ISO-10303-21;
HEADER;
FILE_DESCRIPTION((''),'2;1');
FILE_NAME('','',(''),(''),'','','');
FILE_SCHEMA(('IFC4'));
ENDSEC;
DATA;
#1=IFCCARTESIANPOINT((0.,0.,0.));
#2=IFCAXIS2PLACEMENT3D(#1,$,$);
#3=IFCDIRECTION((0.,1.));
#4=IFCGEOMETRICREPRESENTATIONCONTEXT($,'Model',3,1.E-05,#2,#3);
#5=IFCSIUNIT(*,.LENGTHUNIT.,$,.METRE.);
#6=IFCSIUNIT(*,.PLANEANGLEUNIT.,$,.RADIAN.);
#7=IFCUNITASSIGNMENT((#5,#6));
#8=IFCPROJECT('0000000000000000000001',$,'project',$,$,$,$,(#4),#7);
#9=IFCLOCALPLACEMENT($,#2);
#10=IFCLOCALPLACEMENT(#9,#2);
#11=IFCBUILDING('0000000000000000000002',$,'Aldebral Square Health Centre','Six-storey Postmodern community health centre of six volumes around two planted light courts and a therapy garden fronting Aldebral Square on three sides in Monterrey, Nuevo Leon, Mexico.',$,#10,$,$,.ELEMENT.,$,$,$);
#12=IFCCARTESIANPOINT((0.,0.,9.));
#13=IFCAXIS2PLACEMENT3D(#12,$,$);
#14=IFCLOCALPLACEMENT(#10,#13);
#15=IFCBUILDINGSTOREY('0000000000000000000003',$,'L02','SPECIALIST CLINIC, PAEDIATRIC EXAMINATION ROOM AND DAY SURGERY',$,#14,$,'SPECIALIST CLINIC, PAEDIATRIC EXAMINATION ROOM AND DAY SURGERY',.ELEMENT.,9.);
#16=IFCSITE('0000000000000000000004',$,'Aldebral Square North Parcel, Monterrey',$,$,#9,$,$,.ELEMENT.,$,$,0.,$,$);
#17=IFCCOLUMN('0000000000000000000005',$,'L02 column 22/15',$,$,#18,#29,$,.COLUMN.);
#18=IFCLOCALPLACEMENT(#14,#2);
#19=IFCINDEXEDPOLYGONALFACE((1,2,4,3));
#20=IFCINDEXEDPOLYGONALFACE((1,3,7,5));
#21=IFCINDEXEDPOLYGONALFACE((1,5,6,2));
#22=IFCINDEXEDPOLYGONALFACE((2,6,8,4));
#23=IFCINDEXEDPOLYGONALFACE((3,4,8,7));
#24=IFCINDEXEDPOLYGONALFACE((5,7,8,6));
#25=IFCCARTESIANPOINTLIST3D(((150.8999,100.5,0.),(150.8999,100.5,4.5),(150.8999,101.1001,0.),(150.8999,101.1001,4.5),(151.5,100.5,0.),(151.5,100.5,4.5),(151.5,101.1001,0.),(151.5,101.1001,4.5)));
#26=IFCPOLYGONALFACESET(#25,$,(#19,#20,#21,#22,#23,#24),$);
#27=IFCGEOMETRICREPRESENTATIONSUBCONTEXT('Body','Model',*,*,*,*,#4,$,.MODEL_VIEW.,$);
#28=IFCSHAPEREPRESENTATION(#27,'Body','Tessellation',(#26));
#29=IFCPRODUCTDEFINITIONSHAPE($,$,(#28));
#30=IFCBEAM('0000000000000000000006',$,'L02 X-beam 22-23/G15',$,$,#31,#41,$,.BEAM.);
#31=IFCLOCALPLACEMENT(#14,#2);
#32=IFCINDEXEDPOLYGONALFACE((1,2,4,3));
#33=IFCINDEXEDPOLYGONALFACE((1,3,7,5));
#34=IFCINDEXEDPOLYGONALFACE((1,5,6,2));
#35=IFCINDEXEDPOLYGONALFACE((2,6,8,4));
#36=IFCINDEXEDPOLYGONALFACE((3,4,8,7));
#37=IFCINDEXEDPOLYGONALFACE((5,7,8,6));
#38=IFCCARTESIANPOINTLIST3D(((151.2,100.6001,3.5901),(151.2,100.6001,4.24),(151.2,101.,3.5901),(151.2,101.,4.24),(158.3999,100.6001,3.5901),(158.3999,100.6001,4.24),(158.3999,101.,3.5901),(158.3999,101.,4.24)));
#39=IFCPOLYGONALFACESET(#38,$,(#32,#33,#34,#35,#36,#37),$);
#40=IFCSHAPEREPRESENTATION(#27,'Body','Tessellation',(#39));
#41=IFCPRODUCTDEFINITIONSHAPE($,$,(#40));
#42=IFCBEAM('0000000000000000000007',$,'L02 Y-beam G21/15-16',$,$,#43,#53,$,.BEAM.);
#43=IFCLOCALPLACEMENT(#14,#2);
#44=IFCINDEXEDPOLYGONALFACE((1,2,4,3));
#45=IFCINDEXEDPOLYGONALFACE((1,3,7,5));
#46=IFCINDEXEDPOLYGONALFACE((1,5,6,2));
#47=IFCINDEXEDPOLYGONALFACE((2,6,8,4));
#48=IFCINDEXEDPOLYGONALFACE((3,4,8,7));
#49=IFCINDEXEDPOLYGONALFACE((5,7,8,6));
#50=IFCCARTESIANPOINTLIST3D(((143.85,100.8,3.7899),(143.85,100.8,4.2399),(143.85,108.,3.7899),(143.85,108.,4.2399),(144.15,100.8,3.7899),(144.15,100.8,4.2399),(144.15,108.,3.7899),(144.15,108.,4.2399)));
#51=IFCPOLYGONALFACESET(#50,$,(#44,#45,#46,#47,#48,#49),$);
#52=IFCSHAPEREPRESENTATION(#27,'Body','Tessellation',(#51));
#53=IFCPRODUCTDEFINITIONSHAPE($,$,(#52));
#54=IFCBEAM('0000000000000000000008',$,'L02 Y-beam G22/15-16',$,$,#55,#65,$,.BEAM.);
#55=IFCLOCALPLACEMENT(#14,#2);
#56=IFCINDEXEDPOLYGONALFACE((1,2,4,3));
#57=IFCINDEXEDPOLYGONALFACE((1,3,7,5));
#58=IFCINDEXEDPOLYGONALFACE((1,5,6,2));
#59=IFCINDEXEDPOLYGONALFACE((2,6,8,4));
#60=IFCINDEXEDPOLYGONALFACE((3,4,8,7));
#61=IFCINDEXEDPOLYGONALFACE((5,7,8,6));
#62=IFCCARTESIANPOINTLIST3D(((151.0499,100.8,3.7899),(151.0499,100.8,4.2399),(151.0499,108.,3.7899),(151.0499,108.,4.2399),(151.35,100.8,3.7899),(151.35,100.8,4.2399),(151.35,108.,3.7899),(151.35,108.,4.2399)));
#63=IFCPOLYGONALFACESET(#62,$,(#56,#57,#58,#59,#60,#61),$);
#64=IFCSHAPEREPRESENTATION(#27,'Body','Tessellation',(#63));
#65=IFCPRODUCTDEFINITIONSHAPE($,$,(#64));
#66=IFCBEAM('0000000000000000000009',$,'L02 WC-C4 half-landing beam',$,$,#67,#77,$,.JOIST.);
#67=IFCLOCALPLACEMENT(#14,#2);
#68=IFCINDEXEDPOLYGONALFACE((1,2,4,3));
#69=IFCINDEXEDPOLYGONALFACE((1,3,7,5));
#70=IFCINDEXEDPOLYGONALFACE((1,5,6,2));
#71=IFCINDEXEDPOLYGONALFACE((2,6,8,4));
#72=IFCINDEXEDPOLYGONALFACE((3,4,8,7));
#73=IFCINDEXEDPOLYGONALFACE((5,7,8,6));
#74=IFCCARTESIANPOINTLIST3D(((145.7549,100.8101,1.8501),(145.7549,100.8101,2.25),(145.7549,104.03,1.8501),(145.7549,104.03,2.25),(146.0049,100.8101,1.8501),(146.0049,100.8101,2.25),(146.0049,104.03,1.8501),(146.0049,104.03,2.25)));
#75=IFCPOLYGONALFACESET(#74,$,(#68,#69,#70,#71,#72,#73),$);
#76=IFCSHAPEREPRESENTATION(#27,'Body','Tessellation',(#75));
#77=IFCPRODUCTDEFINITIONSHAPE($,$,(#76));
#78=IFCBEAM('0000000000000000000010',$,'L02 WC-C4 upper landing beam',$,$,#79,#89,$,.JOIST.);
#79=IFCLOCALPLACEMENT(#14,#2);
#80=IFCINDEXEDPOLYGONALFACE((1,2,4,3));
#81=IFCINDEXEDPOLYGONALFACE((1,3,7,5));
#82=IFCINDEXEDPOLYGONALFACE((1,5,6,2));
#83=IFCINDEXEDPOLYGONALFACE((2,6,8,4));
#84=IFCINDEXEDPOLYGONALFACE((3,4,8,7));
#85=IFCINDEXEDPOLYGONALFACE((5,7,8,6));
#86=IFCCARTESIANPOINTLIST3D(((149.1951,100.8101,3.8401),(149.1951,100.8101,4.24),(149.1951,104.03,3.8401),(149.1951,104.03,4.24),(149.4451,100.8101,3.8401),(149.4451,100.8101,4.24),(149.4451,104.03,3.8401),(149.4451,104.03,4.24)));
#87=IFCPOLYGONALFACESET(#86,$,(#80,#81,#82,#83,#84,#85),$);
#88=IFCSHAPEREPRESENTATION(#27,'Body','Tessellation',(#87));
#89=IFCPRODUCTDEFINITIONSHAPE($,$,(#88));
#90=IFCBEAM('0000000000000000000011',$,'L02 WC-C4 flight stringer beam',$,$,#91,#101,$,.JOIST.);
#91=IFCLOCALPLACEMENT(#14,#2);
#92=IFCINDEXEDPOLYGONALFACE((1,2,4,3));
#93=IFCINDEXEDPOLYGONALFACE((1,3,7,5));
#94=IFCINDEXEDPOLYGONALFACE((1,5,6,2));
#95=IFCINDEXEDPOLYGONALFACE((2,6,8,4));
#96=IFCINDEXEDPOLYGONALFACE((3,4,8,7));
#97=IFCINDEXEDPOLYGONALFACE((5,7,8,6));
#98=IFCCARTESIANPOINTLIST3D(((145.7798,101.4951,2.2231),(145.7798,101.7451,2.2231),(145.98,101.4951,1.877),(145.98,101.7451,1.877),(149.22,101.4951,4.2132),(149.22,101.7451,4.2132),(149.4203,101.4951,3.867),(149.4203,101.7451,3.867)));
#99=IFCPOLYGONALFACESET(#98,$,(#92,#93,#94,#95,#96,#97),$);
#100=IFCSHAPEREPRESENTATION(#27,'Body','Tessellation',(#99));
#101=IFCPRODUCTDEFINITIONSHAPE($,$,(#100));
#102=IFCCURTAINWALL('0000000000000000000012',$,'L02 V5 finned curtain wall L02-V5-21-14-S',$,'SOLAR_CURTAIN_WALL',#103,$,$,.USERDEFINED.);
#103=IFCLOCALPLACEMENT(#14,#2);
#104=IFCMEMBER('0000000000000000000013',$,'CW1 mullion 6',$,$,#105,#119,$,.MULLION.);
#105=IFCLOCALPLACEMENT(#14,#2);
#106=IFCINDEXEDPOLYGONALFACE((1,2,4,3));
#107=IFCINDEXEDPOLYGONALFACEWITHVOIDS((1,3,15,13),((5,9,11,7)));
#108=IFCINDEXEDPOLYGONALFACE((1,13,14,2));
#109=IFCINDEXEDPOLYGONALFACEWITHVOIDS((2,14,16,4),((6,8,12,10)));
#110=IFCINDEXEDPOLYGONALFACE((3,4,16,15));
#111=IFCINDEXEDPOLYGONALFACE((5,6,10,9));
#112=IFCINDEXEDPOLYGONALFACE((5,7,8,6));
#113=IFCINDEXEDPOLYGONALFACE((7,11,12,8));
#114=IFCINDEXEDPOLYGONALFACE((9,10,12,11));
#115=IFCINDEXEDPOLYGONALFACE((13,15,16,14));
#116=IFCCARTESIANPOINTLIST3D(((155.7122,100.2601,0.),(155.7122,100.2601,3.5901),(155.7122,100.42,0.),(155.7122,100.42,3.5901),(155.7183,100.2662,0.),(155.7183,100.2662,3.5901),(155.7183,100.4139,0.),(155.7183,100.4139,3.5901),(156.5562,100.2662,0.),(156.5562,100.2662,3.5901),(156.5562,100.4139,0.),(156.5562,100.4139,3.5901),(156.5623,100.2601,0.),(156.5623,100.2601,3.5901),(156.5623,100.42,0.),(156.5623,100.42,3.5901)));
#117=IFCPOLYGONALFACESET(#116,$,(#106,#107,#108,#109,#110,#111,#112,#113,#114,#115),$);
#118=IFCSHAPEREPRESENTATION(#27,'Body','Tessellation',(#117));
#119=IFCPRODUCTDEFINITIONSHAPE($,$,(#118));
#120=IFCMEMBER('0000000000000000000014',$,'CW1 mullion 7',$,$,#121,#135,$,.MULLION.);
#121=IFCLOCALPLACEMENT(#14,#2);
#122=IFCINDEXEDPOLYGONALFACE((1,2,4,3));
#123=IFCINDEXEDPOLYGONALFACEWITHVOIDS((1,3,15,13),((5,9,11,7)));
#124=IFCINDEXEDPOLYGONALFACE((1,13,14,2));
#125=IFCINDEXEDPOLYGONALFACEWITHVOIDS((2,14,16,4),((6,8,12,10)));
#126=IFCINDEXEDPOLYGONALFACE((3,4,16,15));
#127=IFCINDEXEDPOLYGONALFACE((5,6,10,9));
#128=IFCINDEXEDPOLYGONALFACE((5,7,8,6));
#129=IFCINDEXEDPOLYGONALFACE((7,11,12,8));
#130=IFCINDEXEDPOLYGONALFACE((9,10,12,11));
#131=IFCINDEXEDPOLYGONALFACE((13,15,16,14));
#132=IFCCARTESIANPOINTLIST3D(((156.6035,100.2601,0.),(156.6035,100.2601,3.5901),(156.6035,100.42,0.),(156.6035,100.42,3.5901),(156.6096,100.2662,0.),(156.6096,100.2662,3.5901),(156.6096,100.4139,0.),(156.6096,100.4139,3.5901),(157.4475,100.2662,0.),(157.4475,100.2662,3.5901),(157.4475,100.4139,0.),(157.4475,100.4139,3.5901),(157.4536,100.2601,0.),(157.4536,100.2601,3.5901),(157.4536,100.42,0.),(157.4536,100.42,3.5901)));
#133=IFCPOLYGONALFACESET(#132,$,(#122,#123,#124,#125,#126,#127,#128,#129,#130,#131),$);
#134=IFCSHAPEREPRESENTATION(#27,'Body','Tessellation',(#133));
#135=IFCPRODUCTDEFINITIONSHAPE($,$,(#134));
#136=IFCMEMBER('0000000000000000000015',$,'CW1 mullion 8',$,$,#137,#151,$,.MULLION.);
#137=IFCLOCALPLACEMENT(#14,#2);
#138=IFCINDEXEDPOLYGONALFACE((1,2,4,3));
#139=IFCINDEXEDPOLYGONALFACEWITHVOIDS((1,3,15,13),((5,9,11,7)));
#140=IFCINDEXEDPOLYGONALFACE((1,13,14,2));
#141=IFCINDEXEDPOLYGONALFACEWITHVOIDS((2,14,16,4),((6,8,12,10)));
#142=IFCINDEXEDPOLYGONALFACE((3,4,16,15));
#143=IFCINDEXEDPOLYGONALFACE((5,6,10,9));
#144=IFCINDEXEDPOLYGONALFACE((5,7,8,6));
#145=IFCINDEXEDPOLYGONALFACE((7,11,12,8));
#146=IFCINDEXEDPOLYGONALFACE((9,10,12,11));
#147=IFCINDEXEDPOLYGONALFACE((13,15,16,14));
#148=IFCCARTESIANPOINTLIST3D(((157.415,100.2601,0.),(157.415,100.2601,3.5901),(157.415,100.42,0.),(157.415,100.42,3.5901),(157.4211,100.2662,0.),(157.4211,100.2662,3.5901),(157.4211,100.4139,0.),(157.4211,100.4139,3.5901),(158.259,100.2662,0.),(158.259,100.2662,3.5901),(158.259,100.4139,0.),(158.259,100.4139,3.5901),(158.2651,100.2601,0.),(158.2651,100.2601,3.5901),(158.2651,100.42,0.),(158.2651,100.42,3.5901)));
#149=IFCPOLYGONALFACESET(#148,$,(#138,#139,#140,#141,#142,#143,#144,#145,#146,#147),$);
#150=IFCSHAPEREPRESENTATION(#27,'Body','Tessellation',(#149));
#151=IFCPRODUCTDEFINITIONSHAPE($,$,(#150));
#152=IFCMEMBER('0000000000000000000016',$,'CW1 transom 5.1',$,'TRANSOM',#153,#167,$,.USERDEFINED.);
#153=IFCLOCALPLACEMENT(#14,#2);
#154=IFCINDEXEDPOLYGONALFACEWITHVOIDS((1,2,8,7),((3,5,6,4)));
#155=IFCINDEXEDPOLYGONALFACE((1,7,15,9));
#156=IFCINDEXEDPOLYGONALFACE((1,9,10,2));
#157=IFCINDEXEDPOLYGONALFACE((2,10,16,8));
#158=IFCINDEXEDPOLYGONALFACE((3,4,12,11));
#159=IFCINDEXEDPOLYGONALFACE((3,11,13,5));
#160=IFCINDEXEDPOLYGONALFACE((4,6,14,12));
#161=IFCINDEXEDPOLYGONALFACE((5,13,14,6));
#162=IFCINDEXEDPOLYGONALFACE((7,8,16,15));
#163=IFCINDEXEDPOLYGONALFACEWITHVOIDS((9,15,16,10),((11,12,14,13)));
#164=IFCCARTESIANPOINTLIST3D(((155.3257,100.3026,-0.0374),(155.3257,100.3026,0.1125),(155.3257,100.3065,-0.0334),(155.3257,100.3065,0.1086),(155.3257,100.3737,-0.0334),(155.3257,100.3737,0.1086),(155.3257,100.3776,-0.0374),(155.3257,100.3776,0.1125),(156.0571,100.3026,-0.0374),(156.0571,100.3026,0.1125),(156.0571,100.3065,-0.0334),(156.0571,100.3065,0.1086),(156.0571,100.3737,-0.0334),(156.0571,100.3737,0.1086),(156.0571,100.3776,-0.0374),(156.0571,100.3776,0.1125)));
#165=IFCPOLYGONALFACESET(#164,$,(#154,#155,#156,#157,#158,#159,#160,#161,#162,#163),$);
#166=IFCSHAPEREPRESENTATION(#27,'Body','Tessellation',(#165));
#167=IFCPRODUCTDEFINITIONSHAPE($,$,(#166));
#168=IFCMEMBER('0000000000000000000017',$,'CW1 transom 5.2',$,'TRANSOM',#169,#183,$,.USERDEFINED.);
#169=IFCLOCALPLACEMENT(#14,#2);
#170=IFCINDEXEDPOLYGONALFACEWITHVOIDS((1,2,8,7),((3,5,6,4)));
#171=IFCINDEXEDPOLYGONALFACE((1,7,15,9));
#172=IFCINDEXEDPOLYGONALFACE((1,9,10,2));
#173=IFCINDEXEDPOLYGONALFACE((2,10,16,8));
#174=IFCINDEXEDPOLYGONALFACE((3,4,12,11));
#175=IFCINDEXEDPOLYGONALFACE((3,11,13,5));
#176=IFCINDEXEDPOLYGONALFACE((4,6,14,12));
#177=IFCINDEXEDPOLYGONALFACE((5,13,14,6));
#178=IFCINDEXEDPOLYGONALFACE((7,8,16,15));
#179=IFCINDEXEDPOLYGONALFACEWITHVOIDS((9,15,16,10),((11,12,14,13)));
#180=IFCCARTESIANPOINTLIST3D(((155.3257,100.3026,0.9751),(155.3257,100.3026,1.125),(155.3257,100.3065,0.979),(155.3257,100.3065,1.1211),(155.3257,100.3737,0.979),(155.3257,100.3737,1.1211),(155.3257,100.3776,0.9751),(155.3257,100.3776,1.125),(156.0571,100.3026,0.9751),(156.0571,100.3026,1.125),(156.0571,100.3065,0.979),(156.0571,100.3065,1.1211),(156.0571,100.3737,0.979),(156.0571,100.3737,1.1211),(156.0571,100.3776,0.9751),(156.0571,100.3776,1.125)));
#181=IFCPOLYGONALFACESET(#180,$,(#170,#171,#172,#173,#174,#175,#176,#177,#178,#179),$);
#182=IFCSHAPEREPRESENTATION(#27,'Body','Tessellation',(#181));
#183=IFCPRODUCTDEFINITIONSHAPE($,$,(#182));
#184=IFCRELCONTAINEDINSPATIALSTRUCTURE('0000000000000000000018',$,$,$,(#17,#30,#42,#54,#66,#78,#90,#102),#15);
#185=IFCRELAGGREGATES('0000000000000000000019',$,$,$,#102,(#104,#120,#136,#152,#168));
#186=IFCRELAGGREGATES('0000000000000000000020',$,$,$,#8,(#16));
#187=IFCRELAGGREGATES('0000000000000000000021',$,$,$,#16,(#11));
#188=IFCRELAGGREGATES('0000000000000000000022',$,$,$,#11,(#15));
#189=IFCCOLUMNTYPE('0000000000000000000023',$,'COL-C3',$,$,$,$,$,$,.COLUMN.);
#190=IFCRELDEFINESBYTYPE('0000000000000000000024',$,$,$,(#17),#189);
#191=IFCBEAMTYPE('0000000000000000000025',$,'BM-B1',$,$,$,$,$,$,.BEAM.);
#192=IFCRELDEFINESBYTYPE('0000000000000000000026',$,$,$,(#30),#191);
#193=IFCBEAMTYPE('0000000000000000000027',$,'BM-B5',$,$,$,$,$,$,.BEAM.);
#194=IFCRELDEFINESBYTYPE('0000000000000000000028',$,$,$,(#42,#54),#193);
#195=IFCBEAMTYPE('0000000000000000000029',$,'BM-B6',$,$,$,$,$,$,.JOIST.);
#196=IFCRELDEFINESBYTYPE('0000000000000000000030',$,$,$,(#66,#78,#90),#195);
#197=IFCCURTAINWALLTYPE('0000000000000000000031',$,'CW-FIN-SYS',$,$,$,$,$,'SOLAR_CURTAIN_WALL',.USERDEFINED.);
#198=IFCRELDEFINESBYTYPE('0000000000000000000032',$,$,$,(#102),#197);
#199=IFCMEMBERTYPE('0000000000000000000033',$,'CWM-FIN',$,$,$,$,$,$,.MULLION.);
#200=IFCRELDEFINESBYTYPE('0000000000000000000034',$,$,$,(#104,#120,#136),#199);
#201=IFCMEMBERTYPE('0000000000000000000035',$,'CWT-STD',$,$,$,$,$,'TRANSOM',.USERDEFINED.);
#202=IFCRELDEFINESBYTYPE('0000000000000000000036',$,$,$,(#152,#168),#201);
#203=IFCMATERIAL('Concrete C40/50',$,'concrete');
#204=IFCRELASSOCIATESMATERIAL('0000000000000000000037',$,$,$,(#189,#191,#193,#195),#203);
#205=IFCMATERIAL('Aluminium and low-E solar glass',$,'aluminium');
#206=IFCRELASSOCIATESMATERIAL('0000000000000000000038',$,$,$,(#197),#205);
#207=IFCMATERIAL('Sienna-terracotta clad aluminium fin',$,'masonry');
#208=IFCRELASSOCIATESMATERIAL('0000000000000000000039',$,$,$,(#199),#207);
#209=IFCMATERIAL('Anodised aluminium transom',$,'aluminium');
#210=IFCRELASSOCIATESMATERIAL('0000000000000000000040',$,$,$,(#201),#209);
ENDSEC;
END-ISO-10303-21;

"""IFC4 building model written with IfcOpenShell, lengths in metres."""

from ifc_helpers import new_model, si_unit, direction, frame, origin, origin_2d, place, context, subcontext, project, spatial, rectangle, hollow_rectangle, extrude, material, material_profile, profile_set, type_object, element, aggregate, save


model = new_model("IFC4")

# Units and contexts
model_context = context("Model", 3, precision=1e-05, world=origin(), true_north=direction((0.0, 1.0)))
body_context = subcontext(model_context, "Body", "Model", "MODEL_VIEW")
ifc_project = project(units=[si_unit("LENGTHUNIT", "METRE"), si_unit("PLANEANGLEUNIT", "RADIAN")], contexts=[model_context])

# Site, building, storey
site_placement = place(None, origin())
site = spatial("IfcSite", under=ifc_project, at=site_placement, Name="Aldebral Square North Parcel, Monterrey", CompositionType="ELEMENT", RefElevation=0.0)
building_placement = place(site_placement, origin())
building = spatial("IfcBuilding", under=site, at=building_placement, Name="Aldebral Square Health Centre", Description="Six-storey Postmodern community health centre of six volumes around two planted light courts and a therapy garden fronting Aldebral Square on three sides in Monterrey, Nuevo Leon, Mexico.", CompositionType="ELEMENT")
storey_placement = place(building_placement, frame((0.0, 0.0, 9.0)))
storey = spatial("IfcBuildingStorey", under=building, at=storey_placement, Name="L02", Description="SPECIALIST CLINIC, PAEDIATRIC EXAMINATION ROOM AND DAY SURGERY", LongName="SPECIALIST CLINIC, PAEDIATRIC EXAMINATION ROOM AND DAY SURGERY", CompositionType="ELEMENT", Elevation=9.0)

# Column
ifc_material_1 = material(Name="Concrete C40/50", Category="concrete")
ifc_material_profile_1 = material_profile(ifc_material_1, rectangle(XDim=0.6001, YDim=0.6001, at=origin_2d()), Name="RC 600x600")
ifc_profile_set_1 = profile_set([ifc_material_profile_1], Name="Concrete C40/50")
column_type = type_object("IfcColumnType", Name="COL-C3", PredefinedType="COLUMN", material=ifc_profile_set_1)
column_placement = place(storey_placement, frame((151.2, 100.8, 0.0), z_axis=(0.0, 0.0, 1.0), x_axis=(1.0, 0.0, 0.0)))
element("IfcColumn", 1, at=column_placement, inside=storey, type_object=column_type, Name="L02 column 22/15", PredefinedType="COLUMN", context=body_context, shape_type="SweptSolid", body=[
    extrude(rectangle(XDim=0.6001, YDim=0.6001, at=origin_2d()), origin(), (0.0, 0.0, 1.0), 4.5),
])

# Beams
ifc_material_profile_2 = material_profile(ifc_material_1, rectangle(XDim=0.3999, YDim=0.6499, at=origin_2d()), Name="RC 400x650")
ifc_profile_set_2 = profile_set([ifc_material_profile_2], Name="Concrete C40/50")
beam_type_1 = type_object("IfcBeamType", Name="BM-B1", PredefinedType="BEAM", material=ifc_profile_set_2)
beam_1_placement = place(storey_placement, frame((151.2, 100.8, 3.915), z_axis=(1.0, 0.0, 0.0), x_axis=(0.0, 1.0, 0.0)))
element("IfcBeam", 2, at=beam_1_placement, inside=storey, type_object=beam_type_1, Name="L02 X-beam 22-23/G15", PredefinedType="BEAM", context=body_context, shape_type="SweptSolid", body=[
    extrude(rectangle(XDim=0.3999, YDim=0.6499, at=origin_2d()), origin(), (0.0, 0.0, 1.0), 7.2),
])
ifc_material_profile_3 = material_profile(ifc_material_1, rectangle(XDim=0.3, YDim=0.45, at=origin_2d()), Name="RC 300x450")
ifc_profile_set_3 = profile_set([ifc_material_profile_3], Name="Concrete C40/50")
beam_type_2 = type_object("IfcBeamType", Name="BM-B5", PredefinedType="BEAM", material=ifc_profile_set_3)
for number, where, z_axis, x_axis, name in (
    (3, (144.0, 100.8, 4.0149), (0.0, 1.0, 0.0), (-1.0, 0.0, 0.0), "L02 Y-beam G21/15-16"),
    (4, (151.2, 100.8, 4.0149), (0.0, 1.0, 0.0), (-1.0, 0.0, 0.0), "L02 Y-beam G22/15-16"),
):
    element("IfcBeam", number, at=place(storey_placement, frame(where, z_axis=z_axis, x_axis=x_axis)), inside=storey, type_object=beam_type_2, Name=name, PredefinedType="BEAM", context=body_context, shape_type="SweptSolid", body=[
        extrude(rectangle(XDim=0.3, YDim=0.45, at=origin_2d()), origin(), (0.0, 0.0, 1.0), 7.2),
    ])
ifc_material_profile_4 = material_profile(ifc_material_1, rectangle(XDim=0.25, YDim=0.3999, at=origin_2d()), Name="RC 250x400")
ifc_profile_set_4 = profile_set([ifc_material_profile_4], Name="Concrete C40/50")
beam_type_3 = type_object("IfcBeamType", Name="BM-B6", PredefinedType="JOIST", material=ifc_profile_set_4)
for number, where, z_axis, x_axis, name in (
    (5, (145.8799, 100.8101, 2.05), (0.0, 1.0, 0.0), (-1.0, 0.0, 0.0), "L02 WC-C4 half-landing beam"),
    (6, (149.3201, 100.8101, 4.04), (0.0, 1.0, 0.0), (-1.0, 0.0, 0.0), "L02 WC-C4 upper landing beam"),
):
    element("IfcBeam", number, at=place(storey_placement, frame(where, z_axis=z_axis, x_axis=x_axis)), inside=storey, type_object=beam_type_3, Name=name, PredefinedType="JOIST", context=body_context, shape_type="SweptSolid", body=[
        extrude(rectangle(XDim=0.25, YDim=0.3999, at=origin_2d()), origin(), (0.0, 0.0, 1.0), 3.22),
    ])
beam_2_placement = place(storey_placement, frame((145.8799, 101.6201, 2.05), z_axis=(0.865611, 0.0, 0.500717), x_axis=(0.0, 1.0, 0.0)))
element("IfcBeam", 7, at=beam_2_placement, inside=storey, type_object=beam_type_3, Name="L02 WC-C4 flight stringer beam", PredefinedType="JOIST", context=body_context, shape_type="SweptSolid", body=[
    extrude(rectangle(XDim=0.25, YDim=0.3999, at=origin_2d()), origin(), (0.0, 0.0, 1.0), 3.9744),
])

# Curtain wall, members
ifc_material_2 = material(Name="Aluminium and low-E solar glass", Category="aluminium")
curtain_wall_type = type_object("IfcCurtainWallType", Name="CW-FIN-SYS", ElementType="SOLAR_CURTAIN_WALL", PredefinedType="USERDEFINED", material=ifc_material_2)
curtain_wall_placement = place(storey_placement, origin())
curtain_wall = element("IfcCurtainWall", 8, at=curtain_wall_placement, inside=storey, type_object=curtain_wall_type, Name="L02 V5 finned curtain wall L02-V5-21-14-S", ObjectType="SOLAR_CURTAIN_WALL", PredefinedType="USERDEFINED")
ifc_material_3 = material(Name="Sienna-terracotta clad aluminium fin", Category="masonry")
ifc_material_profile_5 = material_profile(ifc_material_3, hollow_rectangle(XDim=0.1599, YDim=0.8501, WallThickness=0.0061, at=origin_2d()), Name="FIN 160x850x6")
ifc_profile_set_5 = profile_set([ifc_material_profile_5], Name="Sienna-terracotta clad aluminium fin")
member_type_1 = type_object("IfcMemberType", Name="CWM-FIN", PredefinedType="MULLION", material=ifc_profile_set_5)
member_1_placement = place(storey_placement, frame((156.1372, 100.3401, 0.0), z_axis=(0.0, 0.0, 1.0), x_axis=(0.0, 1.0, 0.0)))
member_1 = element("IfcMember", 9, at=member_1_placement, type_object=member_type_1, Name="CW1 mullion 6", PredefinedType="MULLION", context=body_context, shape_type="SweptSolid", body=[
    extrude(hollow_rectangle(XDim=0.1599, YDim=0.8501, WallThickness=0.0061, at=origin_2d()), origin(), (0.0, 0.0, 1.0), 3.5901),
])
member_2_placement = place(storey_placement, frame((157.0286, 100.3401, 0.0), z_axis=(0.0, 0.0, 1.0), x_axis=(0.0, 1.0, 0.0)))
member_2 = element("IfcMember", 10, at=member_2_placement, type_object=member_type_1, Name="CW1 mullion 7", PredefinedType="MULLION", context=body_context, shape_type="SweptSolid", body=[
    extrude(hollow_rectangle(XDim=0.1599, YDim=0.8501, WallThickness=0.0061, at=origin_2d()), origin(), (0.0, 0.0, 1.0), 3.5901),
])
member_3_placement = place(storey_placement, frame((157.8401, 100.3401, 0.0), z_axis=(0.0, 0.0, 1.0), x_axis=(0.0, 1.0, 0.0)))
member_3 = element("IfcMember", 11, at=member_3_placement, type_object=member_type_1, Name="CW1 mullion 8", PredefinedType="MULLION", context=body_context, shape_type="SweptSolid", body=[
    extrude(hollow_rectangle(XDim=0.1599, YDim=0.8501, WallThickness=0.0061, at=origin_2d()), origin(), (0.0, 0.0, 1.0), 3.5901),
])
ifc_material_4 = material(Name="Anodised aluminium transom", Category="aluminium")
ifc_material_profile_6 = material_profile(ifc_material_4, hollow_rectangle(XDim=0.075, YDim=0.1499, WallThickness=0.0039, at=origin_2d()), Name="CWT 75x150x4")
ifc_profile_set_6 = profile_set([ifc_material_profile_6], Name="Anodised aluminium transom")
member_type_2 = type_object("IfcMemberType", Name="CWT-STD", ElementType="TRANSOM", PredefinedType="USERDEFINED", material=ifc_profile_set_6)
member_4_placement = place(storey_placement, frame((155.3257, 100.3401, 0.0376), z_axis=(1.0, 0.0, 0.0), x_axis=(0.0, 1.0, 0.0)))
member_4 = element("IfcMember", 12, at=member_4_placement, type_object=member_type_2, Name="CW1 transom 5.1", ObjectType="TRANSOM", PredefinedType="USERDEFINED", context=body_context, shape_type="SweptSolid", body=[
    extrude(hollow_rectangle(XDim=0.075, YDim=0.1499, WallThickness=0.0039, at=origin_2d()), origin(), (0.0, 0.0, 1.0), 0.7314),
])
member_5_placement = place(storey_placement, frame((155.3257, 100.3401, 1.05), z_axis=(1.0, 0.0, 0.0), x_axis=(0.0, 1.0, 0.0)))
member_5 = element("IfcMember", 13, at=member_5_placement, type_object=member_type_2, Name="CW1 transom 5.2", ObjectType="TRANSOM", PredefinedType="USERDEFINED", context=body_context, shape_type="SweptSolid", body=[
    extrude(hollow_rectangle(XDim=0.075, YDim=0.1499, WallThickness=0.0039, at=origin_2d()), origin(), (0.0, 0.0, 1.0), 0.7314),
])
aggregate(curtain_wall, [member_1, member_2, member_3, member_4, member_5])

save(model, "model.ifc")
